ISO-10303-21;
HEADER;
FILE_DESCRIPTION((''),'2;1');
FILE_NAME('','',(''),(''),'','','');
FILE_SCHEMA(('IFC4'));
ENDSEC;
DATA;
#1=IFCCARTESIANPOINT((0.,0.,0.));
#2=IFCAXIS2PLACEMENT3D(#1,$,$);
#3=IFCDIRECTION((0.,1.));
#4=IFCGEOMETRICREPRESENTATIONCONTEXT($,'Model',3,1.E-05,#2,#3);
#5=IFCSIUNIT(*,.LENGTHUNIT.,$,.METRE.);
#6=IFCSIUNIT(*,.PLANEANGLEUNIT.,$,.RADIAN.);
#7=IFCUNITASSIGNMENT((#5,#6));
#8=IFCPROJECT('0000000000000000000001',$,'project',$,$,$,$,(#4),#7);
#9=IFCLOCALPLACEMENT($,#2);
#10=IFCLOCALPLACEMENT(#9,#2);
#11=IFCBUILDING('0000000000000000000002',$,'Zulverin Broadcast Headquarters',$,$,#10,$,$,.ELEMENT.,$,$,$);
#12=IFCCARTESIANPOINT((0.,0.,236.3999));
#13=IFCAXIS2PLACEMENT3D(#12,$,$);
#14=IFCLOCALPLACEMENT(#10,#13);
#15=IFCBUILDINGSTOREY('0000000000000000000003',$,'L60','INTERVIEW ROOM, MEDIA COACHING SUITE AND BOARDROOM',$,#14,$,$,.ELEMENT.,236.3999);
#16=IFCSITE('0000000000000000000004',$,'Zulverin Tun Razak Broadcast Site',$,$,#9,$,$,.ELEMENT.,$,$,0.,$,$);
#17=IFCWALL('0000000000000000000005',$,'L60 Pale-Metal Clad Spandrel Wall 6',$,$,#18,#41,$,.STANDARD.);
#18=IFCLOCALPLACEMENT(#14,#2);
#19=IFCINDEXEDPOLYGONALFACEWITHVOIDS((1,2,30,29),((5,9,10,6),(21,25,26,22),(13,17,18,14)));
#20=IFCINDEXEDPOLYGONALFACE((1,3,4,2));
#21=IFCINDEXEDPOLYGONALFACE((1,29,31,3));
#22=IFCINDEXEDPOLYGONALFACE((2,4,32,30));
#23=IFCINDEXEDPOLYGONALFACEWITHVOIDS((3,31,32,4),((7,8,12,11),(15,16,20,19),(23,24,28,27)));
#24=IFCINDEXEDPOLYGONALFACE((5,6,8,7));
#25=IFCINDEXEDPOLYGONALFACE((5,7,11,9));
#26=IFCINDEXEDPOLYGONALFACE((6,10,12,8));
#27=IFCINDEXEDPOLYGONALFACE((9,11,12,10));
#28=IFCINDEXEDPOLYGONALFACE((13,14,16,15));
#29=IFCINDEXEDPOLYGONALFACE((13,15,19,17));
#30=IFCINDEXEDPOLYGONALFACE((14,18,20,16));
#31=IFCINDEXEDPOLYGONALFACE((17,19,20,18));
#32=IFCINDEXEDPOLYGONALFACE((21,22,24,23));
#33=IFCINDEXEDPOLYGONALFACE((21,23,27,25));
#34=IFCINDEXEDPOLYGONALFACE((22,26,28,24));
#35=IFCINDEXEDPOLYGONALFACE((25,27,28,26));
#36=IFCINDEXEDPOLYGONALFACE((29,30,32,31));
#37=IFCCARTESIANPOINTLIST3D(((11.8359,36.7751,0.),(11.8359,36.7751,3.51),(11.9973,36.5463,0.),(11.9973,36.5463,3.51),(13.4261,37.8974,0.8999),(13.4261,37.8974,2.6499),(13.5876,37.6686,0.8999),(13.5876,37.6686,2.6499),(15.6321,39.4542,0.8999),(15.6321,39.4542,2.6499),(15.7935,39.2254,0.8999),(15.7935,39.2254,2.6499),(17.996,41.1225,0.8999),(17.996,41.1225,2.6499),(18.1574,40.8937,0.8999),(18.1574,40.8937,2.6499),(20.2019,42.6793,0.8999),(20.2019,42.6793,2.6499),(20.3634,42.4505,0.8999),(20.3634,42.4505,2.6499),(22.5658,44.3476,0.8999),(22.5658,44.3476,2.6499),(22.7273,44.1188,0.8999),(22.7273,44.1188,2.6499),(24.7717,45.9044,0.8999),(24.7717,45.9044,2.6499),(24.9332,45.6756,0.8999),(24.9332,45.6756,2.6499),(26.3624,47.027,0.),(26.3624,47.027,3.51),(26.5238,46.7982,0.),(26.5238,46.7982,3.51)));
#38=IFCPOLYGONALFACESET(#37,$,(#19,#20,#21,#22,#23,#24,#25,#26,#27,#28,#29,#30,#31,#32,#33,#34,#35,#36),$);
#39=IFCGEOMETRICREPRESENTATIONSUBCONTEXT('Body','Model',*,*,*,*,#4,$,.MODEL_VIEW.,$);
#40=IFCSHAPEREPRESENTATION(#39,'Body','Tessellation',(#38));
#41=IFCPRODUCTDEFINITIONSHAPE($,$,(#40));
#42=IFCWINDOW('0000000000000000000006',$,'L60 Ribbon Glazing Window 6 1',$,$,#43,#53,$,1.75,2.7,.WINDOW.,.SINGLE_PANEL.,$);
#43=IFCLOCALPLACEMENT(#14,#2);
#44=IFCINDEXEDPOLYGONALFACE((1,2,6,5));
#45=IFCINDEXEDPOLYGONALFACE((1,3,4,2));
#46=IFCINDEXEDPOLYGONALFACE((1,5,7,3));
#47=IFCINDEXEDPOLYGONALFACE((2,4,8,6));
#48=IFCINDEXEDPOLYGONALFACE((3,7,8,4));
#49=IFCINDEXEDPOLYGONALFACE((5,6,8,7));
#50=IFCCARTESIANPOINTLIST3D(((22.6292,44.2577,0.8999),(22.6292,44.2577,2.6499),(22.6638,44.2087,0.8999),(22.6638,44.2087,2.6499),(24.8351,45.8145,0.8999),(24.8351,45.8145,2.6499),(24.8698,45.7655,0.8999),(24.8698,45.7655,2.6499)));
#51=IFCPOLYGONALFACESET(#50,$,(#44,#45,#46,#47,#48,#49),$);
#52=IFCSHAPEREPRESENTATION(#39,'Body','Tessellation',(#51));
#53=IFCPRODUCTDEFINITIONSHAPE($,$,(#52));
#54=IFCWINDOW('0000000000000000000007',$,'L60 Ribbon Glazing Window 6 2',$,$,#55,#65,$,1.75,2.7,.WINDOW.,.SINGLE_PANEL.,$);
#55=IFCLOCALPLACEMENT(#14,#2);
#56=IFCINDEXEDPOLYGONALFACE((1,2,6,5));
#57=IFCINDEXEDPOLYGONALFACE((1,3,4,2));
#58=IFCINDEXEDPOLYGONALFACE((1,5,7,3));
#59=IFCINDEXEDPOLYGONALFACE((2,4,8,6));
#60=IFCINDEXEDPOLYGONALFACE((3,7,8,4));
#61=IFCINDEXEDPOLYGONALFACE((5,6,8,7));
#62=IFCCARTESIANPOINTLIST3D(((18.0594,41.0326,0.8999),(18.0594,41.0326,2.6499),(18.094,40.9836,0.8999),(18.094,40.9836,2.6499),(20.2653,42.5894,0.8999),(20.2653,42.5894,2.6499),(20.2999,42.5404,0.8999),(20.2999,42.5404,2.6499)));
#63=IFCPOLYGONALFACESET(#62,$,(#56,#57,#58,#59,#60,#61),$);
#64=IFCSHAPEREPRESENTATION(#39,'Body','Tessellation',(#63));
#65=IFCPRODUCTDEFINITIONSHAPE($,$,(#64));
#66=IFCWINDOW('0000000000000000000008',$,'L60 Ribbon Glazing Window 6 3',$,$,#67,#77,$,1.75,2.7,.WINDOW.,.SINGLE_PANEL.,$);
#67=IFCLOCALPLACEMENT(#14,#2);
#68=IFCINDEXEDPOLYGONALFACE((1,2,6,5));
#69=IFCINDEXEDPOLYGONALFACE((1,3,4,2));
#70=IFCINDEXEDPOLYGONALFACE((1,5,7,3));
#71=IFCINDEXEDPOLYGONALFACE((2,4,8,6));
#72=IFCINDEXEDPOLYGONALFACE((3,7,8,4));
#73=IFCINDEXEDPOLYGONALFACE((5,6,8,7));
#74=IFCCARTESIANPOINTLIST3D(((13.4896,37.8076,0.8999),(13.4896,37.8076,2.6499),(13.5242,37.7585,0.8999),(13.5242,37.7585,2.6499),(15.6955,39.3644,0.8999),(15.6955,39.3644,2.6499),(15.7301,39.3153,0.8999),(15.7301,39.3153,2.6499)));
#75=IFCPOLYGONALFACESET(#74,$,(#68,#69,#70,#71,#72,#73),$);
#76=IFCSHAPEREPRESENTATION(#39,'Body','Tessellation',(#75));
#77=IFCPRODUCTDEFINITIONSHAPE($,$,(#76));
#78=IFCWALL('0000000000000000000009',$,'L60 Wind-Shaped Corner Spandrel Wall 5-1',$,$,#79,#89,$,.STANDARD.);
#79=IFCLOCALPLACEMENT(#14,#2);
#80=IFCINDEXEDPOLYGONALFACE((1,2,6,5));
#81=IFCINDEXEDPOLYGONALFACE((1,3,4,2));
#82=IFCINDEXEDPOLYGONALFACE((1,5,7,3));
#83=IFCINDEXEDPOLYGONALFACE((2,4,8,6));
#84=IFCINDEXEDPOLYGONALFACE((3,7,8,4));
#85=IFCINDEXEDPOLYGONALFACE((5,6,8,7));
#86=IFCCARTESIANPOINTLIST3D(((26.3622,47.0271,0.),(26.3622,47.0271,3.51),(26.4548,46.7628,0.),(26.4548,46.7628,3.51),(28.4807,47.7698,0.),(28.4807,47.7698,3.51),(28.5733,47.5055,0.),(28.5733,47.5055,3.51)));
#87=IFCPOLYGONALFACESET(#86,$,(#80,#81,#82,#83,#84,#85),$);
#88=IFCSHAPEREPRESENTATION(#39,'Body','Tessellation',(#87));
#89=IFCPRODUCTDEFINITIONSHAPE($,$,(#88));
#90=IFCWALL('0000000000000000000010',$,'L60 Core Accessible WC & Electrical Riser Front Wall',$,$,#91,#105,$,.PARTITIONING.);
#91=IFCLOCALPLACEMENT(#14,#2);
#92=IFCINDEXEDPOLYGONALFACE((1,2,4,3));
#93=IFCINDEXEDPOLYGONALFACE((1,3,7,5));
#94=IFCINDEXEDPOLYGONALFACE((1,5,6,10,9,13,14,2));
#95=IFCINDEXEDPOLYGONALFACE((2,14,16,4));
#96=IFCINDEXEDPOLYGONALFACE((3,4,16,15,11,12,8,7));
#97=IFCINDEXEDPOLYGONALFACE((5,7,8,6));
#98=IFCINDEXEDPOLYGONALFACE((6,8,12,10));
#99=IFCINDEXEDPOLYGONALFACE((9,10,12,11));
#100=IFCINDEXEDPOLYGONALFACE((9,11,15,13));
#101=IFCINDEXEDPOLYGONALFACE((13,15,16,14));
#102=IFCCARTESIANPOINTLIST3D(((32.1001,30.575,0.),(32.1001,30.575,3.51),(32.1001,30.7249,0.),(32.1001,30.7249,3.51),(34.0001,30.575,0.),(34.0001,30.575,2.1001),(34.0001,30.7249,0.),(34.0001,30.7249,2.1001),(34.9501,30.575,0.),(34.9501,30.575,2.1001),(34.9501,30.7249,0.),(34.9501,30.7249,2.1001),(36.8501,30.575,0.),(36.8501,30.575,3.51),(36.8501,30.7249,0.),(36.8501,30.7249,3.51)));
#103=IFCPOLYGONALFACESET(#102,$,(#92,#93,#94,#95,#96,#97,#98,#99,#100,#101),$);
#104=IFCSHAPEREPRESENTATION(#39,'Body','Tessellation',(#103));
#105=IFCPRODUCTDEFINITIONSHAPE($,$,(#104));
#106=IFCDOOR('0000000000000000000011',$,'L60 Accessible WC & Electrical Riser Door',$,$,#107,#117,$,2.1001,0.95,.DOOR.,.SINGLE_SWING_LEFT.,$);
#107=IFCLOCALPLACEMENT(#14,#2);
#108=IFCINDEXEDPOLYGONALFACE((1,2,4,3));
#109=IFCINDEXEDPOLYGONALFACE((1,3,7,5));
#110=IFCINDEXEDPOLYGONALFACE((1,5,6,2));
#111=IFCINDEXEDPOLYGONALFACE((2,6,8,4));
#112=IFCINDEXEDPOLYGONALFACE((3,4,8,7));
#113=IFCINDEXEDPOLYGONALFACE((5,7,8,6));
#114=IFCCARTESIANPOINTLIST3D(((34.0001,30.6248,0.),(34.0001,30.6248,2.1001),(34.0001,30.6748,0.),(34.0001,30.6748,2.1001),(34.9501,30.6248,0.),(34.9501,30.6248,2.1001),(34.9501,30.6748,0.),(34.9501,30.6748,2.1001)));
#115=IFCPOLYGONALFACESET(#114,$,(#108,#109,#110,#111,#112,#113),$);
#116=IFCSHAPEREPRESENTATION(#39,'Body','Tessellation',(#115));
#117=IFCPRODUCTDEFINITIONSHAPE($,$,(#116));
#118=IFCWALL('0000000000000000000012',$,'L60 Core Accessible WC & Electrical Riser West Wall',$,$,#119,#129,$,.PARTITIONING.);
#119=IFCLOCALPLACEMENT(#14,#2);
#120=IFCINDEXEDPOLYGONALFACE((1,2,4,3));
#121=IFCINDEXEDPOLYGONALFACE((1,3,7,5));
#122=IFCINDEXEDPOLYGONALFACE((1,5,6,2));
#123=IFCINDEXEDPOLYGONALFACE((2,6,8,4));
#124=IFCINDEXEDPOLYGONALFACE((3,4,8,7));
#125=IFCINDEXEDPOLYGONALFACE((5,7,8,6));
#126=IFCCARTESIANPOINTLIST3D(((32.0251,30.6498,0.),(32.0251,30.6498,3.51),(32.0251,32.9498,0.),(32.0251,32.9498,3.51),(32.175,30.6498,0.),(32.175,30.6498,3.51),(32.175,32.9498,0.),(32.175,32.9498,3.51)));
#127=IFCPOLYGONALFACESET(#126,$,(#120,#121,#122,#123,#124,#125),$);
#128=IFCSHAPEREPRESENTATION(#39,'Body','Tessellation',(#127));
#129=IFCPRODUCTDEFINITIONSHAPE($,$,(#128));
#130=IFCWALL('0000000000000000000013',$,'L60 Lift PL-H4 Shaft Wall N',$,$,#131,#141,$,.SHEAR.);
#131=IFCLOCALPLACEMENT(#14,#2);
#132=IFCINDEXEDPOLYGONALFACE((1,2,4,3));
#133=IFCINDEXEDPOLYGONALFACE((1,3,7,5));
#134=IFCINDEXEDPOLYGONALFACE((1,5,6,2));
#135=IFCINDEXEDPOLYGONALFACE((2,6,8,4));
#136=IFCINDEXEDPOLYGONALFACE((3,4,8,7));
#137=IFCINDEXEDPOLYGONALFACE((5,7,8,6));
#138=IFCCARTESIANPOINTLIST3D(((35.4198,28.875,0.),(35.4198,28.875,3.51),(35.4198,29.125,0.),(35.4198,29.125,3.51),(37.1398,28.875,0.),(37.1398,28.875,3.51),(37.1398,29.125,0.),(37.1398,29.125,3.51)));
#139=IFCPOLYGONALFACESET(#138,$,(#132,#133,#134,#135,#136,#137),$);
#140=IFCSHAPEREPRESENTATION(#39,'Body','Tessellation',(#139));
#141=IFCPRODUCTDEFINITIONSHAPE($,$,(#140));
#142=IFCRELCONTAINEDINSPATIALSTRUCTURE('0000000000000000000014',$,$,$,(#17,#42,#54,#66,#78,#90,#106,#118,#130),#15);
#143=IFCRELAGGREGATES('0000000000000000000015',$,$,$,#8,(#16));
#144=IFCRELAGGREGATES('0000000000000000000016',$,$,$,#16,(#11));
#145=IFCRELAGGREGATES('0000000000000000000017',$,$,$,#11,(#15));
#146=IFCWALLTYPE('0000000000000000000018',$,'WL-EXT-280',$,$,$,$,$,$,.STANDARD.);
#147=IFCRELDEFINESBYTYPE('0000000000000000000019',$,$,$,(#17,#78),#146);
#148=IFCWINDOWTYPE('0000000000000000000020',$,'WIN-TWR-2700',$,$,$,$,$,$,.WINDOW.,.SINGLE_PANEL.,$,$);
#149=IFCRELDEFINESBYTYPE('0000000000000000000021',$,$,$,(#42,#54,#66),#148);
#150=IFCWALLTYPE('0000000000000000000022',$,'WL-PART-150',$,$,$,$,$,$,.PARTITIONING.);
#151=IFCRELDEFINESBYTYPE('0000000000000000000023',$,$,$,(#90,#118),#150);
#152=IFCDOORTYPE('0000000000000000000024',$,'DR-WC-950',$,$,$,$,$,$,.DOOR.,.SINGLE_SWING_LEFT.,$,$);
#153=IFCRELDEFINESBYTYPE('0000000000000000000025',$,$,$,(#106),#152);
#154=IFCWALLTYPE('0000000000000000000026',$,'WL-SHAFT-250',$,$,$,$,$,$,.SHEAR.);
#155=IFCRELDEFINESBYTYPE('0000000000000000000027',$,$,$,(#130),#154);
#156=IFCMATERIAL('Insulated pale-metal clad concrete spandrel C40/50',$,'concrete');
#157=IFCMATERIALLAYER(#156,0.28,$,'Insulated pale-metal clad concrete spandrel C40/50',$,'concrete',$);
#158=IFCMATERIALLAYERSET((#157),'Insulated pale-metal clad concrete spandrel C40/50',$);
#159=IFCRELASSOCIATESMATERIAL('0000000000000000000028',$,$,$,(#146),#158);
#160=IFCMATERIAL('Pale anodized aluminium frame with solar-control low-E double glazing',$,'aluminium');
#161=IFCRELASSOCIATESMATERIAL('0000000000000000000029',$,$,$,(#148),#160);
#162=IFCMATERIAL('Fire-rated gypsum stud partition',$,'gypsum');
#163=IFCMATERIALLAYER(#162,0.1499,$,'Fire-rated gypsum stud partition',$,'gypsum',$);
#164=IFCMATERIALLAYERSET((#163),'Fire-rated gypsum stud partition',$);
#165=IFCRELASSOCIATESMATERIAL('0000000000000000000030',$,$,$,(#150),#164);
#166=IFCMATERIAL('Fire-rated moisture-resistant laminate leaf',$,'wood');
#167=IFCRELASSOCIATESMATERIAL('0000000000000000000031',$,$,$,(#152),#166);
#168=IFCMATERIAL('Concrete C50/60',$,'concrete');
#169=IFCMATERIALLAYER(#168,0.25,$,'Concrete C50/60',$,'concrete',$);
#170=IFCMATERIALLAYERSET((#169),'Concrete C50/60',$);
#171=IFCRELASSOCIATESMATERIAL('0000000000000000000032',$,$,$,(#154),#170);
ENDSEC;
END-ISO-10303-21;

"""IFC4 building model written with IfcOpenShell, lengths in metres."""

from ifc_helpers import new_model, si_unit, direction, frame, frame_2d, origin, place, context, subcontext, project, spatial, rectangle, extrude, material, layer, layer_set, type_object, element, fill, save


model = new_model("IFC4")

# Units and contexts
model_context = context("Model", 3, precision=1e-05, world=origin(), true_north=direction((0.0, 1.0)))
body_context = subcontext(model_context, "Body", "Model", "MODEL_VIEW")
ifc_project = project(units=[si_unit("LENGTHUNIT", "METRE"), si_unit("PLANEANGLEUNIT", "RADIAN")], contexts=[model_context])

# Site, building, storey
site_placement = place(None, origin())
site = spatial("IfcSite", under=ifc_project, at=site_placement, Name="Zulverin Tun Razak Broadcast Site", CompositionType="ELEMENT", RefElevation=0.0)
building_placement = place(site_placement, origin())
building = spatial("IfcBuilding", under=site, at=building_placement, Name="Zulverin Broadcast Headquarters", CompositionType="ELEMENT")
storey_placement = place(building_placement, frame((0.0, 0.0, 236.3999)))
storey = spatial("IfcBuildingStorey", under=building, at=storey_placement, Name="L60", Description="INTERVIEW ROOM, MEDIA COACHING SUITE AND BOARDROOM", CompositionType="ELEMENT", Elevation=236.3999)

# Shared definitions
ifc_material_1 = material(Name="Concrete C50/60", Category="concrete")

# Wall, openings, windows
ifc_material_2 = material(Name="Insulated pale-metal clad concrete spandrel C40/50", Category="concrete")
ifc_layer_1 = layer(ifc_material_2, 0.28, Name="Insulated pale-metal clad concrete spandrel C40/50", Category="concrete")
ifc_layer_set_1 = layer_set([ifc_layer_1], Name="Insulated pale-metal clad concrete spandrel C40/50")
wall_type_1 = type_object("IfcWallType", Name="WL-EXT-280", PredefinedType="STANDARD", material=ifc_layer_set_1)
wall_1_placement = place(storey_placement, frame((26.4431, 46.9126, 0.0), z_axis=(0.0, 0.0, 1.0), x_axis=(-0.817024, -0.576603, 0.0)))
wall_1 = element("IfcWall", 1, at=wall_1_placement, inside=storey, type_object=wall_type_1, Name="L60 Pale-Metal Clad Spandrel Wall 6", PredefinedType="STANDARD", context=body_context, shape_type="SweptSolid", body=[
    extrude(rectangle(XDim=17.7798, YDim=0.28, at=frame_2d((8.8899, 0.0))), origin(), (0.0, 0.0, 1.0), 3.51),
])
opening_1_placement = place(wall_1_placement, frame((1.9468, 0.0, 0.8999)))
opening_1 = element("IfcOpeningElement", 2, at=opening_1_placement, cuts=wall_1, PredefinedType="OPENING", context=body_context, shape_type="SweptSolid", body=[
    extrude(rectangle(XDim=2.7, YDim=1.75, at=frame_2d((1.3501, 0.875))), frame((0.0, 0.1499, 0.0), z_axis=(0.0, -1.0, 0.0), x_axis=(1.0, 0.0, 0.0)), (0.0, 0.0, 1.0), 0.3),
])
opening_2_placement = place(wall_1_placement, frame((7.54, 0.0, 0.8999)))
opening_2 = element("IfcOpeningElement", 3, at=opening_2_placement, cuts=wall_1, PredefinedType="OPENING", context=body_context, shape_type="SweptSolid", body=[
    extrude(rectangle(XDim=2.7, YDim=1.75, at=frame_2d((1.3501, 0.875))), frame((0.0, 0.1499, 0.0), z_axis=(0.0, -1.0, 0.0), x_axis=(1.0, 0.0, 0.0)), (0.0, 0.0, 1.0), 0.3),
])
opening_3_placement = place(wall_1_placement, frame((13.1333, 0.0, 0.8999)))
opening_3 = element("IfcOpeningElement", 4, at=opening_3_placement, cuts=wall_1, PredefinedType="OPENING", context=body_context, shape_type="SweptSolid", body=[
    extrude(rectangle(XDim=2.7, YDim=1.75, at=frame_2d((1.3501, 0.875))), frame((0.0, 0.1499, 0.0), z_axis=(0.0, -1.0, 0.0), x_axis=(1.0, 0.0, 0.0)), (0.0, 0.0, 1.0), 0.3),
])
ifc_material_3 = material(Name="Pale anodized aluminium frame with solar-control low-E double glazing", Category="aluminium")
window_type = type_object("IfcWindowType", Name="WIN-TWR-2700", PartitioningType="SINGLE_PANEL", PredefinedType="WINDOW", material=ifc_material_3)
window_1_placement = place(opening_1_placement, origin())
window_1 = element("IfcWindow", 5, at=window_1_placement, inside=storey, type_object=window_type, Name="L60 Ribbon Glazing Window 6 1", OverallHeight=1.75, OverallWidth=2.7, PartitioningType="SINGLE_PANEL", PredefinedType="WINDOW", context=body_context, shape_type="SweptSolid", body=[
    extrude(rectangle(XDim=2.7, YDim=1.75, at=frame_2d((1.3501, 0.875))), frame((0.0, 0.03, 0.0), z_axis=(0.0, -1.0, 0.0), x_axis=(1.0, 0.0, 0.0)), (0.0, 0.0, 1.0), 0.0601),
])
fill(opening_1, window_1)
window_2_placement = place(opening_2_placement, origin())
window_2 = element("IfcWindow", 6, at=window_2_placement, inside=storey, type_object=window_type, Name="L60 Ribbon Glazing Window 6 2", OverallHeight=1.75, OverallWidth=2.7, PartitioningType="SINGLE_PANEL", PredefinedType="WINDOW", context=body_context, shape_type="SweptSolid", body=[
    extrude(rectangle(XDim=2.7, YDim=1.75, at=frame_2d((1.3501, 0.875))), frame((0.0, 0.03, 0.0), z_axis=(0.0, -1.0, 0.0), x_axis=(1.0, 0.0, 0.0)), (0.0, 0.0, 1.0), 0.0601),
])
fill(opening_2, window_2)
window_3_placement = place(opening_3_placement, origin())
window_3 = element("IfcWindow", 7, at=window_3_placement, inside=storey, type_object=window_type, Name="L60 Ribbon Glazing Window 6 3", OverallHeight=1.75, OverallWidth=2.7, PartitioningType="SINGLE_PANEL", PredefinedType="WINDOW", context=body_context, shape_type="SweptSolid", body=[
    extrude(rectangle(XDim=2.7, YDim=1.75, at=frame_2d((1.3501, 0.875))), frame((0.0, 0.03, 0.0), z_axis=(0.0, -1.0, 0.0), x_axis=(1.0, 0.0, 0.0)), (0.0, 0.0, 1.0), 0.0601),
])
fill(opening_3, window_3)

# Wall
wall_2_placement = place(storey_placement, frame((28.5271, 47.6377, 0.0), z_axis=(0.0, 0.0, 1.0), x_axis=(-0.943687, -0.33084, 0.0)))
element("IfcWall", 8, at=wall_2_placement, inside=storey, type_object=wall_type_1, Name="L60 Wind-Shaped Corner Spandrel Wall 5-1", PredefinedType="STANDARD", context=body_context, shape_type="SweptSolid", body=[
    extrude(rectangle(XDim=2.2449, YDim=0.28, at=frame_2d((1.1226, 0.0))), origin(), (0.0, 0.0, 1.0), 3.51),
])

# Wall, opening, door
ifc_material_4 = material(Name="Fire-rated gypsum stud partition", Category="gypsum")
ifc_layer_2 = layer(ifc_material_4, 0.1499, Name="Fire-rated gypsum stud partition", Category="gypsum")
ifc_layer_set_2 = layer_set([ifc_layer_2], Name="Fire-rated gypsum stud partition")
wall_type_2 = type_object("IfcWallType", Name="WL-PART-150", PredefinedType="PARTITIONING", material=ifc_layer_set_2)
wall_3_placement = place(storey_placement, frame((32.1001, 30.6499, 0.0), z_axis=(0.0, 0.0, 1.0), x_axis=(1.0, 0.0, 0.0)))
wall_3 = element("IfcWall", 9, at=wall_3_placement, inside=storey, type_object=wall_type_2, Name="L60 Core Accessible WC & Electrical Riser Front Wall", PredefinedType="PARTITIONING", context=body_context, shape_type="SweptSolid", body=[
    extrude(rectangle(XDim=4.75, YDim=0.1499, at=frame_2d((2.375, 0.0))), origin(), (0.0, 0.0, 1.0), 3.51),
])
opening_4_placement = place(wall_3_placement, frame((1.8999, 0.0, 0.0)))
opening_4 = element("IfcOpeningElement", 10, at=opening_4_placement, cuts=wall_3, PredefinedType="OPENING", context=body_context, shape_type="SweptSolid", body=[
    extrude(rectangle(XDim=0.95, YDim=2.1001, at=frame_2d((0.4751, 1.05))), frame((0.0, 0.085, 0.0), z_axis=(0.0, -1.0, 0.0), x_axis=(1.0, 0.0, 0.0)), (0.0, 0.0, 1.0), 0.1699),
])
ifc_material_5 = material(Name="Fire-rated moisture-resistant laminate leaf", Category="wood")
door_type = type_object("IfcDoorType", Name="DR-WC-950", OperationType="SINGLE_SWING_LEFT", PredefinedType="DOOR", material=ifc_material_5)
door_placement = place(opening_4_placement, origin())
door = element("IfcDoor", 11, at=door_placement, inside=storey, type_object=door_type, Name="L60 Accessible WC & Electrical Riser Door", OperationType="SINGLE_SWING_LEFT", OverallHeight=2.1001, OverallWidth=0.95, PredefinedType="DOOR", context=body_context, shape_type="SweptSolid", body=[
    extrude(rectangle(XDim=0.95, YDim=2.1001, at=frame_2d((0.4751, 1.05))), frame((0.0, 0.0249, 0.0), z_axis=(0.0, -1.0, 0.0), x_axis=(1.0, 0.0, 0.0)), (0.0, 0.0, 1.0), 0.05),
])
fill(opening_4, door)

# Walls
wall_4_placement = place(storey_placement, frame((32.1001, 30.6499, 0.0), z_axis=(0.0, 0.0, 1.0), x_axis=(0.0, 1.0, 0.0)))
element("IfcWall", 12, at=wall_4_placement, inside=storey, type_object=wall_type_2, Name="L60 Core Accessible WC & Electrical Riser West Wall", PredefinedType="PARTITIONING", context=body_context, shape_type="SweptSolid", body=[
    extrude(rectangle(XDim=2.3, YDim=0.1499, at=frame_2d((1.1499, 0.0))), origin(), (0.0, 0.0, 1.0), 3.51),
])
ifc_layer_3 = layer(ifc_material_1, 0.25, Name="Concrete C50/60", Category="concrete")
ifc_layer_set_3 = layer_set([ifc_layer_3], Name="Concrete C50/60")
wall_type_3 = type_object("IfcWallType", Name="WL-SHAFT-250", PredefinedType="SHEAR", material=ifc_layer_set_3)
wall_5_placement = place(storey_placement, frame((35.4199, 29.0, 0.0), z_axis=(0.0, 0.0, 1.0), x_axis=(1.0, 0.0, 0.0)))
element("IfcWall", 13, at=wall_5_placement, inside=storey, type_object=wall_type_3, Name="L60 Lift PL-H4 Shaft Wall N", PredefinedType="SHEAR", context=body_context, shape_type="SweptSolid", body=[
    extrude(rectangle(XDim=1.72, YDim=0.25, at=frame_2d((0.8599, 0.0))), origin(), (0.0, 0.0, 1.0), 3.51),
])

save(model, "model.ifc")
